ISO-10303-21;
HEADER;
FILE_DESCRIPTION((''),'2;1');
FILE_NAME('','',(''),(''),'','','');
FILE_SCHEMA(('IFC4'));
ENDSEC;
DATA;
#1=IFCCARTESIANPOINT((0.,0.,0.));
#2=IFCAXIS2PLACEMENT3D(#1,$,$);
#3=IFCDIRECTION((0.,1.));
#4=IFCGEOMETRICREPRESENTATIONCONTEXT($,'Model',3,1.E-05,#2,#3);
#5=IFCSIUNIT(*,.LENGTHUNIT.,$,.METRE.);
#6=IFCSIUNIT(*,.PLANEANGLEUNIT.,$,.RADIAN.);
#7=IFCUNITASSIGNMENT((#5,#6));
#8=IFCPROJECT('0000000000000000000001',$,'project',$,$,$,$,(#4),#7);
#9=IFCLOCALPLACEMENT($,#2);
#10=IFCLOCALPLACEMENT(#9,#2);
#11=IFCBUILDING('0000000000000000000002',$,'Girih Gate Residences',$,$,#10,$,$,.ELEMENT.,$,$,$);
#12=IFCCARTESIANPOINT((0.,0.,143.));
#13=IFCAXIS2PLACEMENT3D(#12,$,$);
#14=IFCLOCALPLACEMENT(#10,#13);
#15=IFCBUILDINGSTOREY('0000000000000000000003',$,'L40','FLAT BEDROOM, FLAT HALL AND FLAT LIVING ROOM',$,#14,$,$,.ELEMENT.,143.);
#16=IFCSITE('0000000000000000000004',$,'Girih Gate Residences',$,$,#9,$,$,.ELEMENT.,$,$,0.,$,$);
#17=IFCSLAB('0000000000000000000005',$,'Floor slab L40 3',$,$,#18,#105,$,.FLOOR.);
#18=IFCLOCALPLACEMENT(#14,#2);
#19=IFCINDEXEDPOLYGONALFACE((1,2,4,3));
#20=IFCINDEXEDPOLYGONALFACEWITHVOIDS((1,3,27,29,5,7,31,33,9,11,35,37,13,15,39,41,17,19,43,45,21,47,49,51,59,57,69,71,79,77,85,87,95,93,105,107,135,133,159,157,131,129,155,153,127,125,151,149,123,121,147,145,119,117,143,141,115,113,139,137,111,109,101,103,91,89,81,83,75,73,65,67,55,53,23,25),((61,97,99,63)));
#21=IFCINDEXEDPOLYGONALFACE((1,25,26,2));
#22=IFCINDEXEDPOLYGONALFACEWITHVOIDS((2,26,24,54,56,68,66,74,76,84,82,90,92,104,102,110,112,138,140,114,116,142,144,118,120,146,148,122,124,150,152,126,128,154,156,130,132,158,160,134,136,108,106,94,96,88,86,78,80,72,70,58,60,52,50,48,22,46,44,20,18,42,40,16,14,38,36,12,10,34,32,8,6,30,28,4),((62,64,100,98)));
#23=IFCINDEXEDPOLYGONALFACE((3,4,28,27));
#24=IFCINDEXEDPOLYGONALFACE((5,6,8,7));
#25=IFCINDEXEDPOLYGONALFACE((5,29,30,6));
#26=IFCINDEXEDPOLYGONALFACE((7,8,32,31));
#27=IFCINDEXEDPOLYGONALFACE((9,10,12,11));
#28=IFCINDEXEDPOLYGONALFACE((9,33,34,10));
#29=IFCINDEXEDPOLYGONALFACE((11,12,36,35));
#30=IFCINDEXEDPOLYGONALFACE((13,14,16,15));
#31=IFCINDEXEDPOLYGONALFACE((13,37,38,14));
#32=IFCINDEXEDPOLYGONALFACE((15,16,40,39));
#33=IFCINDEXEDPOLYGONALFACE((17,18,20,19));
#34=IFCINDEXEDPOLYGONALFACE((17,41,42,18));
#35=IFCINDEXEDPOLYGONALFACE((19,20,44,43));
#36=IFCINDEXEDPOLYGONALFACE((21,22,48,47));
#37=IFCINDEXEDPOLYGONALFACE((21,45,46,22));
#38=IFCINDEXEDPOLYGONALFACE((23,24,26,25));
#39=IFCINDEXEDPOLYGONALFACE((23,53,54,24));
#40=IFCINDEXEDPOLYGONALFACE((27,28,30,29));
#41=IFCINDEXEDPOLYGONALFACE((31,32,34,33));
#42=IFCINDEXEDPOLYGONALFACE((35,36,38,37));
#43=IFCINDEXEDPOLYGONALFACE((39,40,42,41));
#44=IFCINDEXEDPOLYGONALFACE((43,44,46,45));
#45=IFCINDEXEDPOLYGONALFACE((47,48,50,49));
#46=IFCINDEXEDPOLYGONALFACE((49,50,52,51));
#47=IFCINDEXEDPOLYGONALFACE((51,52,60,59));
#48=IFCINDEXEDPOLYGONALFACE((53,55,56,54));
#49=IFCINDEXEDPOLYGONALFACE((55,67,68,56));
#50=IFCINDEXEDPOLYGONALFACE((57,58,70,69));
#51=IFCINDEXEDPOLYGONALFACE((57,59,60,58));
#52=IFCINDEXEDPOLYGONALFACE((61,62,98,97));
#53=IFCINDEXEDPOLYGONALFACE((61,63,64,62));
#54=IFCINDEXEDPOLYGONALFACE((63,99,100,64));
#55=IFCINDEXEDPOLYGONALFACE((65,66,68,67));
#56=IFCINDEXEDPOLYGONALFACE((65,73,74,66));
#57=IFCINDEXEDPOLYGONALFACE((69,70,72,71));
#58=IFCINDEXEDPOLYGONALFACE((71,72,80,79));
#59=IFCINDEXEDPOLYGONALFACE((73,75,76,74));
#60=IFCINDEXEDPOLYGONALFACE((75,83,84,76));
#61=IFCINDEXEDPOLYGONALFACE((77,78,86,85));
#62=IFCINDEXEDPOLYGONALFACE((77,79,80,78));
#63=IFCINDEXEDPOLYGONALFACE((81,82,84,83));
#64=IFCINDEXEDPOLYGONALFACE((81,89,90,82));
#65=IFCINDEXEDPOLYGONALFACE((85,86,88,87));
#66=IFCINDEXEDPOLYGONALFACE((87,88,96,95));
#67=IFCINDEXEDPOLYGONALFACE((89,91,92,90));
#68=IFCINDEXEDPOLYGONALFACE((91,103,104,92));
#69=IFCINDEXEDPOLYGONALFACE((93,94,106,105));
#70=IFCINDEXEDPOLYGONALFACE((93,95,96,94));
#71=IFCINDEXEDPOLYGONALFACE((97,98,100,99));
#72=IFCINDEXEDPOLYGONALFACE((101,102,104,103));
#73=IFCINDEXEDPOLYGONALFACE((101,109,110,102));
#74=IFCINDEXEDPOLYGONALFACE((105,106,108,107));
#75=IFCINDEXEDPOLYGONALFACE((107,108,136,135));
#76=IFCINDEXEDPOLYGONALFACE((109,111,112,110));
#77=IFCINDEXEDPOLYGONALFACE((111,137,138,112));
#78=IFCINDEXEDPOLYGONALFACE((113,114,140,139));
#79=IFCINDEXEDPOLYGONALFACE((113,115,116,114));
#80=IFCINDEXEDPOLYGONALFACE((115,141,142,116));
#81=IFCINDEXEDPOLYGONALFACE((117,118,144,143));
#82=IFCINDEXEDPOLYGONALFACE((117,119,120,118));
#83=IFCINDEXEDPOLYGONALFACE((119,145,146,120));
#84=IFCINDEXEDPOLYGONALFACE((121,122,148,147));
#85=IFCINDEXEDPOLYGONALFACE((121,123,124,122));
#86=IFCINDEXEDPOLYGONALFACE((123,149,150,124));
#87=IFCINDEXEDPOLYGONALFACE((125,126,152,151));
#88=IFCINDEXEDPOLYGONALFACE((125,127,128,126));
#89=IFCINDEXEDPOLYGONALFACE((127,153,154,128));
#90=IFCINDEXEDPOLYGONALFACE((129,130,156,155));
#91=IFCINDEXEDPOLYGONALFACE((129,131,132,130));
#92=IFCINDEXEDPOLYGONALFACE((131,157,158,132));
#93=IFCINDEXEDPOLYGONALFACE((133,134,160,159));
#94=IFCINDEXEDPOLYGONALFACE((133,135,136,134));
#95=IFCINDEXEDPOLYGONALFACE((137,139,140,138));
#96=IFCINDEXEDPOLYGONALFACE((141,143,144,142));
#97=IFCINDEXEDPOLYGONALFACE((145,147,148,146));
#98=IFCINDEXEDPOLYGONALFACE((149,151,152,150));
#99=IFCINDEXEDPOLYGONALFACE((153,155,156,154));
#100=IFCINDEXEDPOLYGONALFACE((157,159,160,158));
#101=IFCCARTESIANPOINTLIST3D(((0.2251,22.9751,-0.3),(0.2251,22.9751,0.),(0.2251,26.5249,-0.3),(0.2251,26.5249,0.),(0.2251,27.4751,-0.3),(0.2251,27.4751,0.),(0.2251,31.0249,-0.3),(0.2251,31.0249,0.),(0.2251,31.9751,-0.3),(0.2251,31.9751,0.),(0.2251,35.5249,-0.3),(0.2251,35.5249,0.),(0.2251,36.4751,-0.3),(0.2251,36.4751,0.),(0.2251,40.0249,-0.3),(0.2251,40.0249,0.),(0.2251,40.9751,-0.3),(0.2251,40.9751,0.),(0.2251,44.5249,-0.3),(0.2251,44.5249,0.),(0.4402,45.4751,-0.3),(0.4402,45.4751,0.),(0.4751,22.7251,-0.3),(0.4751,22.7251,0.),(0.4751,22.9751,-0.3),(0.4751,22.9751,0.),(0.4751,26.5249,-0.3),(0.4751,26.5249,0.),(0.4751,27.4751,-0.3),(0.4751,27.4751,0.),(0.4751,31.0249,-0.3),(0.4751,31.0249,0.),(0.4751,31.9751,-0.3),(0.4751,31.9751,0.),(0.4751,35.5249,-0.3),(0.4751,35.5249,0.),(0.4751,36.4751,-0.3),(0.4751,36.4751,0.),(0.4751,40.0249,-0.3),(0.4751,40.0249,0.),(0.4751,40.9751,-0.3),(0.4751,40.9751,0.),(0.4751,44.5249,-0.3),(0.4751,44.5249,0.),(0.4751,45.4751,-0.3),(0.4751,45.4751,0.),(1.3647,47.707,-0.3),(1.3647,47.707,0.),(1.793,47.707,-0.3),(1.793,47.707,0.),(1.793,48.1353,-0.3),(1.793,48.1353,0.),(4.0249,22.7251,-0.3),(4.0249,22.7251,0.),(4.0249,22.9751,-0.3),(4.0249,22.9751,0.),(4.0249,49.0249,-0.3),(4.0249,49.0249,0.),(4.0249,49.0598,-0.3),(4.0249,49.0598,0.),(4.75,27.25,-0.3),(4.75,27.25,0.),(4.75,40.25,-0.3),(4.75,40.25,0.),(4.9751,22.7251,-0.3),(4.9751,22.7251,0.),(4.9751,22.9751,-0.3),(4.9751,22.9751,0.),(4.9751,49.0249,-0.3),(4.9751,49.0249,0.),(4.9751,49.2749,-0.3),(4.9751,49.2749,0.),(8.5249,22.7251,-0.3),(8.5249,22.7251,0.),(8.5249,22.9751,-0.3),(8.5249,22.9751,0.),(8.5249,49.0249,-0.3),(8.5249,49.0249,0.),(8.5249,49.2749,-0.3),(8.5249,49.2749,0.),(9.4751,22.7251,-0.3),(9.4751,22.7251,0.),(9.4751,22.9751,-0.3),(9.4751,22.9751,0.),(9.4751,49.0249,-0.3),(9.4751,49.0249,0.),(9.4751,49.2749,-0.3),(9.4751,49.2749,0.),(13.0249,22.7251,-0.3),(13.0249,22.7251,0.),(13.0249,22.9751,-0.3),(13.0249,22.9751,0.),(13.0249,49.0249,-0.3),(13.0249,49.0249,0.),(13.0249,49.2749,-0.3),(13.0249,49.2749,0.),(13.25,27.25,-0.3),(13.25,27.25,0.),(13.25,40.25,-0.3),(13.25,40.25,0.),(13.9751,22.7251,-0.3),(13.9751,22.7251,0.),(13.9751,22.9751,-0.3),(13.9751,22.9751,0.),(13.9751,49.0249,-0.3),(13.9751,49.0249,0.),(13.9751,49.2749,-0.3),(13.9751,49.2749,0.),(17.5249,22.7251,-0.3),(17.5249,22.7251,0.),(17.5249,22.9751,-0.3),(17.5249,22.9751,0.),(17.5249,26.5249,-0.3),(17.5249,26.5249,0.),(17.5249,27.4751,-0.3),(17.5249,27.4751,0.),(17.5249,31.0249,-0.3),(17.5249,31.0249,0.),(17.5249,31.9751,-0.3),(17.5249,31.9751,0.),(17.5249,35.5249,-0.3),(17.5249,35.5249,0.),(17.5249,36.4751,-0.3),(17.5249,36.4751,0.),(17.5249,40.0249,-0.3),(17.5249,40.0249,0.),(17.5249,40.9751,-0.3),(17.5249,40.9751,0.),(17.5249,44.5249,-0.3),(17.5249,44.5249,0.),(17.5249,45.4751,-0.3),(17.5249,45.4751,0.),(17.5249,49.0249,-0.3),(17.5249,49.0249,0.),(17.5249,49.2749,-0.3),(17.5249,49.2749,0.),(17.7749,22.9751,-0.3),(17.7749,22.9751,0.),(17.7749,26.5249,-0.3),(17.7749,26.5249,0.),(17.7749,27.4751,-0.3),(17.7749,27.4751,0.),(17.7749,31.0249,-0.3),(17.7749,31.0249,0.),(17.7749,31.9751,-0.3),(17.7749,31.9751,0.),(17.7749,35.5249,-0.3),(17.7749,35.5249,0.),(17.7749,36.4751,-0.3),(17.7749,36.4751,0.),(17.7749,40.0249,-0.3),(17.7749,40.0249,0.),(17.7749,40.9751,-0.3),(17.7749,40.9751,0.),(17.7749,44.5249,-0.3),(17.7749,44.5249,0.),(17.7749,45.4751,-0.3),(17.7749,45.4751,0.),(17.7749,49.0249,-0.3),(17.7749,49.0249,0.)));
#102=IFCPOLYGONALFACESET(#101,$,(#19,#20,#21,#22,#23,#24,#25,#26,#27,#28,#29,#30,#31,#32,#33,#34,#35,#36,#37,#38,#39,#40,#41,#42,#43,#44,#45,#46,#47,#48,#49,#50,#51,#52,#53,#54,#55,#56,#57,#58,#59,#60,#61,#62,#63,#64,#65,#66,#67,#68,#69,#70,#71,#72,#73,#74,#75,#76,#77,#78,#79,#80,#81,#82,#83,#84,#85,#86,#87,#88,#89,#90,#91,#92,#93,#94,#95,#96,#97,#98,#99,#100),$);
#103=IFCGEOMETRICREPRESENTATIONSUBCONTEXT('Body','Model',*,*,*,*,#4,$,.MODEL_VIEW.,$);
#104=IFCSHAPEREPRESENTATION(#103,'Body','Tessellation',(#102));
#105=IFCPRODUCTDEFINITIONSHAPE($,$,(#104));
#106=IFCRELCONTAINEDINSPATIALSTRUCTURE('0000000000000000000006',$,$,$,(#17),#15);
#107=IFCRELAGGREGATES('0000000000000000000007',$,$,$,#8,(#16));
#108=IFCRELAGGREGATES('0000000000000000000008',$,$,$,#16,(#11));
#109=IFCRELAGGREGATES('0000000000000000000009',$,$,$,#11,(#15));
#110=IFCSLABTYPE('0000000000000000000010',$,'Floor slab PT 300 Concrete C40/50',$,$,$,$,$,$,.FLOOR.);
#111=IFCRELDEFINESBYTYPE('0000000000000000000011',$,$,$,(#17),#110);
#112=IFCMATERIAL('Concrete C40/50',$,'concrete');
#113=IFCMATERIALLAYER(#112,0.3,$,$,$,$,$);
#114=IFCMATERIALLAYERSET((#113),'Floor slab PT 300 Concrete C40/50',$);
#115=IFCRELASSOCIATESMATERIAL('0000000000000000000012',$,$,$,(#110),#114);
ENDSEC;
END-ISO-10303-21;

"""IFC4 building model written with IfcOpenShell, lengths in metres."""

from ifc_helpers import new_model, si_unit, direction, frame, origin, place, context, subcontext, project, spatial, polyline, outline, extrude, material, layer, layer_set, type_object, element, save


model = new_model("IFC4")

# Units and contexts
model_context = context("Model", 3, precision=1e-05, world=origin(), true_north=direction((0.0, 1.0)))
body_context = subcontext(model_context, "Body", "Model", "MODEL_VIEW")
ifc_project = project(units=[si_unit("LENGTHUNIT", "METRE"), si_unit("PLANEANGLEUNIT", "RADIAN")], contexts=[model_context])

# Site, building, storey
site_placement = place(None, origin())
site = spatial("IfcSite", under=ifc_project, at=site_placement, Name="Girih Gate Residences", CompositionType="ELEMENT", RefElevation=0.0)
building_placement = place(site_placement, origin())
building = spatial("IfcBuilding", under=site, at=building_placement, Name="Girih Gate Residences", CompositionType="ELEMENT")
storey_placement = place(building_placement, frame((0.0, 0.0, 143.0)))
storey = spatial("IfcBuildingStorey", under=building, at=storey_placement, Name="L40", Description="FLAT BEDROOM, FLAT HALL AND FLAT LIVING ROOM", CompositionType="ELEMENT", Elevation=143.0)

# Slab
ifc_material_1 = material(Name="Concrete C40/50", Category="concrete")
ifc_layer_1 = layer(ifc_material_1, 0.3)
ifc_layer_set_1 = layer_set([ifc_layer_1], Name="Floor slab PT 300 Concrete C40/50")
slab_type_1 = type_object("IfcSlabType", Name="Floor slab PT 300 Concrete C40/50", PredefinedType="FLOOR", material=ifc_layer_set_1)
slab_1_placement = place(storey_placement, frame((0.0, 0.0, -0.3)))
element("IfcSlab", 1, at=slab_1_placement, inside=storey, type_object=slab_type_1, Name="Floor slab L40 3", PredefinedType="FLOOR", context=body_context, shape_type="SweptSolid", body=[
    extrude(outline(polyline([(0.2251, 26.5249), (0.2251, 22.9751), (0.4751, 22.9751), (0.4751, 22.7251), (4.0249, 22.7251), (4.0249, 22.9751), (4.9751, 22.9751), (4.9751, 22.7251), (8.5249, 22.7251), (8.5249, 22.9751), (9.4751, 22.9751), (9.4751, 22.7251), (13.0249, 22.7251), (13.0249, 22.9751), (13.9751, 22.9751), (13.9751, 22.7251), (17.5249, 22.7251), (17.5249, 22.9751), (17.7749, 22.9751), (17.7749, 26.5249), (17.5249, 26.5249), (17.5249, 27.4751), (17.7749, 27.4751), (17.7749, 31.0249), (17.5249, 31.0249), (17.5249, 31.9751), (17.7749, 31.9751), (17.7749, 35.5249), (17.5249, 35.5249), (17.5249, 36.4751), (17.7749, 36.4751), (17.7749, 40.0249), (17.5249, 40.0249), (17.5249, 40.9751), (17.7749, 40.9751), (17.7749, 44.5249), (17.5249, 44.5249), (17.5249, 45.4751), (17.7749, 45.4751), (17.7749, 49.0249), (17.5249, 49.0249), (17.5249, 49.2749), (13.9751, 49.2749), (13.9751, 49.0249), (13.0249, 49.0249), (13.0249, 49.2749), (9.4751, 49.2749), (9.4751, 49.0249), (8.5249, 49.0249), (8.5249, 49.2749), (4.9751, 49.2749), (4.9751, 49.0249), (4.0249, 49.0249), (4.0249, 49.0598), (1.793, 48.1353), (1.793, 47.707), (1.3647, 47.707), (0.4402, 45.4751), (0.4751, 45.4751), (0.4751, 44.5249), (0.2251, 44.5249), (0.2251, 40.9751), (0.4751, 40.9751), (0.4751, 40.0249), (0.2251, 40.0249), (0.2251, 36.4751), (0.4751, 36.4751), (0.4751, 35.5249), (0.2251, 35.5249), (0.2251, 31.9751), (0.4751, 31.9751), (0.4751, 31.0249), (0.2251, 31.0249), (0.2251, 27.4751), (0.4751, 27.4751), (0.4751, 26.5249), (0.2251, 26.5249)]), holes=[polyline([(13.25, 40.25), (13.25, 27.25), (4.75, 27.25), (4.75, 40.25), (13.25, 40.25)])]), origin(), (0.0, 0.0, 1.0), 0.3),
])

save(model, "model.ifc")
